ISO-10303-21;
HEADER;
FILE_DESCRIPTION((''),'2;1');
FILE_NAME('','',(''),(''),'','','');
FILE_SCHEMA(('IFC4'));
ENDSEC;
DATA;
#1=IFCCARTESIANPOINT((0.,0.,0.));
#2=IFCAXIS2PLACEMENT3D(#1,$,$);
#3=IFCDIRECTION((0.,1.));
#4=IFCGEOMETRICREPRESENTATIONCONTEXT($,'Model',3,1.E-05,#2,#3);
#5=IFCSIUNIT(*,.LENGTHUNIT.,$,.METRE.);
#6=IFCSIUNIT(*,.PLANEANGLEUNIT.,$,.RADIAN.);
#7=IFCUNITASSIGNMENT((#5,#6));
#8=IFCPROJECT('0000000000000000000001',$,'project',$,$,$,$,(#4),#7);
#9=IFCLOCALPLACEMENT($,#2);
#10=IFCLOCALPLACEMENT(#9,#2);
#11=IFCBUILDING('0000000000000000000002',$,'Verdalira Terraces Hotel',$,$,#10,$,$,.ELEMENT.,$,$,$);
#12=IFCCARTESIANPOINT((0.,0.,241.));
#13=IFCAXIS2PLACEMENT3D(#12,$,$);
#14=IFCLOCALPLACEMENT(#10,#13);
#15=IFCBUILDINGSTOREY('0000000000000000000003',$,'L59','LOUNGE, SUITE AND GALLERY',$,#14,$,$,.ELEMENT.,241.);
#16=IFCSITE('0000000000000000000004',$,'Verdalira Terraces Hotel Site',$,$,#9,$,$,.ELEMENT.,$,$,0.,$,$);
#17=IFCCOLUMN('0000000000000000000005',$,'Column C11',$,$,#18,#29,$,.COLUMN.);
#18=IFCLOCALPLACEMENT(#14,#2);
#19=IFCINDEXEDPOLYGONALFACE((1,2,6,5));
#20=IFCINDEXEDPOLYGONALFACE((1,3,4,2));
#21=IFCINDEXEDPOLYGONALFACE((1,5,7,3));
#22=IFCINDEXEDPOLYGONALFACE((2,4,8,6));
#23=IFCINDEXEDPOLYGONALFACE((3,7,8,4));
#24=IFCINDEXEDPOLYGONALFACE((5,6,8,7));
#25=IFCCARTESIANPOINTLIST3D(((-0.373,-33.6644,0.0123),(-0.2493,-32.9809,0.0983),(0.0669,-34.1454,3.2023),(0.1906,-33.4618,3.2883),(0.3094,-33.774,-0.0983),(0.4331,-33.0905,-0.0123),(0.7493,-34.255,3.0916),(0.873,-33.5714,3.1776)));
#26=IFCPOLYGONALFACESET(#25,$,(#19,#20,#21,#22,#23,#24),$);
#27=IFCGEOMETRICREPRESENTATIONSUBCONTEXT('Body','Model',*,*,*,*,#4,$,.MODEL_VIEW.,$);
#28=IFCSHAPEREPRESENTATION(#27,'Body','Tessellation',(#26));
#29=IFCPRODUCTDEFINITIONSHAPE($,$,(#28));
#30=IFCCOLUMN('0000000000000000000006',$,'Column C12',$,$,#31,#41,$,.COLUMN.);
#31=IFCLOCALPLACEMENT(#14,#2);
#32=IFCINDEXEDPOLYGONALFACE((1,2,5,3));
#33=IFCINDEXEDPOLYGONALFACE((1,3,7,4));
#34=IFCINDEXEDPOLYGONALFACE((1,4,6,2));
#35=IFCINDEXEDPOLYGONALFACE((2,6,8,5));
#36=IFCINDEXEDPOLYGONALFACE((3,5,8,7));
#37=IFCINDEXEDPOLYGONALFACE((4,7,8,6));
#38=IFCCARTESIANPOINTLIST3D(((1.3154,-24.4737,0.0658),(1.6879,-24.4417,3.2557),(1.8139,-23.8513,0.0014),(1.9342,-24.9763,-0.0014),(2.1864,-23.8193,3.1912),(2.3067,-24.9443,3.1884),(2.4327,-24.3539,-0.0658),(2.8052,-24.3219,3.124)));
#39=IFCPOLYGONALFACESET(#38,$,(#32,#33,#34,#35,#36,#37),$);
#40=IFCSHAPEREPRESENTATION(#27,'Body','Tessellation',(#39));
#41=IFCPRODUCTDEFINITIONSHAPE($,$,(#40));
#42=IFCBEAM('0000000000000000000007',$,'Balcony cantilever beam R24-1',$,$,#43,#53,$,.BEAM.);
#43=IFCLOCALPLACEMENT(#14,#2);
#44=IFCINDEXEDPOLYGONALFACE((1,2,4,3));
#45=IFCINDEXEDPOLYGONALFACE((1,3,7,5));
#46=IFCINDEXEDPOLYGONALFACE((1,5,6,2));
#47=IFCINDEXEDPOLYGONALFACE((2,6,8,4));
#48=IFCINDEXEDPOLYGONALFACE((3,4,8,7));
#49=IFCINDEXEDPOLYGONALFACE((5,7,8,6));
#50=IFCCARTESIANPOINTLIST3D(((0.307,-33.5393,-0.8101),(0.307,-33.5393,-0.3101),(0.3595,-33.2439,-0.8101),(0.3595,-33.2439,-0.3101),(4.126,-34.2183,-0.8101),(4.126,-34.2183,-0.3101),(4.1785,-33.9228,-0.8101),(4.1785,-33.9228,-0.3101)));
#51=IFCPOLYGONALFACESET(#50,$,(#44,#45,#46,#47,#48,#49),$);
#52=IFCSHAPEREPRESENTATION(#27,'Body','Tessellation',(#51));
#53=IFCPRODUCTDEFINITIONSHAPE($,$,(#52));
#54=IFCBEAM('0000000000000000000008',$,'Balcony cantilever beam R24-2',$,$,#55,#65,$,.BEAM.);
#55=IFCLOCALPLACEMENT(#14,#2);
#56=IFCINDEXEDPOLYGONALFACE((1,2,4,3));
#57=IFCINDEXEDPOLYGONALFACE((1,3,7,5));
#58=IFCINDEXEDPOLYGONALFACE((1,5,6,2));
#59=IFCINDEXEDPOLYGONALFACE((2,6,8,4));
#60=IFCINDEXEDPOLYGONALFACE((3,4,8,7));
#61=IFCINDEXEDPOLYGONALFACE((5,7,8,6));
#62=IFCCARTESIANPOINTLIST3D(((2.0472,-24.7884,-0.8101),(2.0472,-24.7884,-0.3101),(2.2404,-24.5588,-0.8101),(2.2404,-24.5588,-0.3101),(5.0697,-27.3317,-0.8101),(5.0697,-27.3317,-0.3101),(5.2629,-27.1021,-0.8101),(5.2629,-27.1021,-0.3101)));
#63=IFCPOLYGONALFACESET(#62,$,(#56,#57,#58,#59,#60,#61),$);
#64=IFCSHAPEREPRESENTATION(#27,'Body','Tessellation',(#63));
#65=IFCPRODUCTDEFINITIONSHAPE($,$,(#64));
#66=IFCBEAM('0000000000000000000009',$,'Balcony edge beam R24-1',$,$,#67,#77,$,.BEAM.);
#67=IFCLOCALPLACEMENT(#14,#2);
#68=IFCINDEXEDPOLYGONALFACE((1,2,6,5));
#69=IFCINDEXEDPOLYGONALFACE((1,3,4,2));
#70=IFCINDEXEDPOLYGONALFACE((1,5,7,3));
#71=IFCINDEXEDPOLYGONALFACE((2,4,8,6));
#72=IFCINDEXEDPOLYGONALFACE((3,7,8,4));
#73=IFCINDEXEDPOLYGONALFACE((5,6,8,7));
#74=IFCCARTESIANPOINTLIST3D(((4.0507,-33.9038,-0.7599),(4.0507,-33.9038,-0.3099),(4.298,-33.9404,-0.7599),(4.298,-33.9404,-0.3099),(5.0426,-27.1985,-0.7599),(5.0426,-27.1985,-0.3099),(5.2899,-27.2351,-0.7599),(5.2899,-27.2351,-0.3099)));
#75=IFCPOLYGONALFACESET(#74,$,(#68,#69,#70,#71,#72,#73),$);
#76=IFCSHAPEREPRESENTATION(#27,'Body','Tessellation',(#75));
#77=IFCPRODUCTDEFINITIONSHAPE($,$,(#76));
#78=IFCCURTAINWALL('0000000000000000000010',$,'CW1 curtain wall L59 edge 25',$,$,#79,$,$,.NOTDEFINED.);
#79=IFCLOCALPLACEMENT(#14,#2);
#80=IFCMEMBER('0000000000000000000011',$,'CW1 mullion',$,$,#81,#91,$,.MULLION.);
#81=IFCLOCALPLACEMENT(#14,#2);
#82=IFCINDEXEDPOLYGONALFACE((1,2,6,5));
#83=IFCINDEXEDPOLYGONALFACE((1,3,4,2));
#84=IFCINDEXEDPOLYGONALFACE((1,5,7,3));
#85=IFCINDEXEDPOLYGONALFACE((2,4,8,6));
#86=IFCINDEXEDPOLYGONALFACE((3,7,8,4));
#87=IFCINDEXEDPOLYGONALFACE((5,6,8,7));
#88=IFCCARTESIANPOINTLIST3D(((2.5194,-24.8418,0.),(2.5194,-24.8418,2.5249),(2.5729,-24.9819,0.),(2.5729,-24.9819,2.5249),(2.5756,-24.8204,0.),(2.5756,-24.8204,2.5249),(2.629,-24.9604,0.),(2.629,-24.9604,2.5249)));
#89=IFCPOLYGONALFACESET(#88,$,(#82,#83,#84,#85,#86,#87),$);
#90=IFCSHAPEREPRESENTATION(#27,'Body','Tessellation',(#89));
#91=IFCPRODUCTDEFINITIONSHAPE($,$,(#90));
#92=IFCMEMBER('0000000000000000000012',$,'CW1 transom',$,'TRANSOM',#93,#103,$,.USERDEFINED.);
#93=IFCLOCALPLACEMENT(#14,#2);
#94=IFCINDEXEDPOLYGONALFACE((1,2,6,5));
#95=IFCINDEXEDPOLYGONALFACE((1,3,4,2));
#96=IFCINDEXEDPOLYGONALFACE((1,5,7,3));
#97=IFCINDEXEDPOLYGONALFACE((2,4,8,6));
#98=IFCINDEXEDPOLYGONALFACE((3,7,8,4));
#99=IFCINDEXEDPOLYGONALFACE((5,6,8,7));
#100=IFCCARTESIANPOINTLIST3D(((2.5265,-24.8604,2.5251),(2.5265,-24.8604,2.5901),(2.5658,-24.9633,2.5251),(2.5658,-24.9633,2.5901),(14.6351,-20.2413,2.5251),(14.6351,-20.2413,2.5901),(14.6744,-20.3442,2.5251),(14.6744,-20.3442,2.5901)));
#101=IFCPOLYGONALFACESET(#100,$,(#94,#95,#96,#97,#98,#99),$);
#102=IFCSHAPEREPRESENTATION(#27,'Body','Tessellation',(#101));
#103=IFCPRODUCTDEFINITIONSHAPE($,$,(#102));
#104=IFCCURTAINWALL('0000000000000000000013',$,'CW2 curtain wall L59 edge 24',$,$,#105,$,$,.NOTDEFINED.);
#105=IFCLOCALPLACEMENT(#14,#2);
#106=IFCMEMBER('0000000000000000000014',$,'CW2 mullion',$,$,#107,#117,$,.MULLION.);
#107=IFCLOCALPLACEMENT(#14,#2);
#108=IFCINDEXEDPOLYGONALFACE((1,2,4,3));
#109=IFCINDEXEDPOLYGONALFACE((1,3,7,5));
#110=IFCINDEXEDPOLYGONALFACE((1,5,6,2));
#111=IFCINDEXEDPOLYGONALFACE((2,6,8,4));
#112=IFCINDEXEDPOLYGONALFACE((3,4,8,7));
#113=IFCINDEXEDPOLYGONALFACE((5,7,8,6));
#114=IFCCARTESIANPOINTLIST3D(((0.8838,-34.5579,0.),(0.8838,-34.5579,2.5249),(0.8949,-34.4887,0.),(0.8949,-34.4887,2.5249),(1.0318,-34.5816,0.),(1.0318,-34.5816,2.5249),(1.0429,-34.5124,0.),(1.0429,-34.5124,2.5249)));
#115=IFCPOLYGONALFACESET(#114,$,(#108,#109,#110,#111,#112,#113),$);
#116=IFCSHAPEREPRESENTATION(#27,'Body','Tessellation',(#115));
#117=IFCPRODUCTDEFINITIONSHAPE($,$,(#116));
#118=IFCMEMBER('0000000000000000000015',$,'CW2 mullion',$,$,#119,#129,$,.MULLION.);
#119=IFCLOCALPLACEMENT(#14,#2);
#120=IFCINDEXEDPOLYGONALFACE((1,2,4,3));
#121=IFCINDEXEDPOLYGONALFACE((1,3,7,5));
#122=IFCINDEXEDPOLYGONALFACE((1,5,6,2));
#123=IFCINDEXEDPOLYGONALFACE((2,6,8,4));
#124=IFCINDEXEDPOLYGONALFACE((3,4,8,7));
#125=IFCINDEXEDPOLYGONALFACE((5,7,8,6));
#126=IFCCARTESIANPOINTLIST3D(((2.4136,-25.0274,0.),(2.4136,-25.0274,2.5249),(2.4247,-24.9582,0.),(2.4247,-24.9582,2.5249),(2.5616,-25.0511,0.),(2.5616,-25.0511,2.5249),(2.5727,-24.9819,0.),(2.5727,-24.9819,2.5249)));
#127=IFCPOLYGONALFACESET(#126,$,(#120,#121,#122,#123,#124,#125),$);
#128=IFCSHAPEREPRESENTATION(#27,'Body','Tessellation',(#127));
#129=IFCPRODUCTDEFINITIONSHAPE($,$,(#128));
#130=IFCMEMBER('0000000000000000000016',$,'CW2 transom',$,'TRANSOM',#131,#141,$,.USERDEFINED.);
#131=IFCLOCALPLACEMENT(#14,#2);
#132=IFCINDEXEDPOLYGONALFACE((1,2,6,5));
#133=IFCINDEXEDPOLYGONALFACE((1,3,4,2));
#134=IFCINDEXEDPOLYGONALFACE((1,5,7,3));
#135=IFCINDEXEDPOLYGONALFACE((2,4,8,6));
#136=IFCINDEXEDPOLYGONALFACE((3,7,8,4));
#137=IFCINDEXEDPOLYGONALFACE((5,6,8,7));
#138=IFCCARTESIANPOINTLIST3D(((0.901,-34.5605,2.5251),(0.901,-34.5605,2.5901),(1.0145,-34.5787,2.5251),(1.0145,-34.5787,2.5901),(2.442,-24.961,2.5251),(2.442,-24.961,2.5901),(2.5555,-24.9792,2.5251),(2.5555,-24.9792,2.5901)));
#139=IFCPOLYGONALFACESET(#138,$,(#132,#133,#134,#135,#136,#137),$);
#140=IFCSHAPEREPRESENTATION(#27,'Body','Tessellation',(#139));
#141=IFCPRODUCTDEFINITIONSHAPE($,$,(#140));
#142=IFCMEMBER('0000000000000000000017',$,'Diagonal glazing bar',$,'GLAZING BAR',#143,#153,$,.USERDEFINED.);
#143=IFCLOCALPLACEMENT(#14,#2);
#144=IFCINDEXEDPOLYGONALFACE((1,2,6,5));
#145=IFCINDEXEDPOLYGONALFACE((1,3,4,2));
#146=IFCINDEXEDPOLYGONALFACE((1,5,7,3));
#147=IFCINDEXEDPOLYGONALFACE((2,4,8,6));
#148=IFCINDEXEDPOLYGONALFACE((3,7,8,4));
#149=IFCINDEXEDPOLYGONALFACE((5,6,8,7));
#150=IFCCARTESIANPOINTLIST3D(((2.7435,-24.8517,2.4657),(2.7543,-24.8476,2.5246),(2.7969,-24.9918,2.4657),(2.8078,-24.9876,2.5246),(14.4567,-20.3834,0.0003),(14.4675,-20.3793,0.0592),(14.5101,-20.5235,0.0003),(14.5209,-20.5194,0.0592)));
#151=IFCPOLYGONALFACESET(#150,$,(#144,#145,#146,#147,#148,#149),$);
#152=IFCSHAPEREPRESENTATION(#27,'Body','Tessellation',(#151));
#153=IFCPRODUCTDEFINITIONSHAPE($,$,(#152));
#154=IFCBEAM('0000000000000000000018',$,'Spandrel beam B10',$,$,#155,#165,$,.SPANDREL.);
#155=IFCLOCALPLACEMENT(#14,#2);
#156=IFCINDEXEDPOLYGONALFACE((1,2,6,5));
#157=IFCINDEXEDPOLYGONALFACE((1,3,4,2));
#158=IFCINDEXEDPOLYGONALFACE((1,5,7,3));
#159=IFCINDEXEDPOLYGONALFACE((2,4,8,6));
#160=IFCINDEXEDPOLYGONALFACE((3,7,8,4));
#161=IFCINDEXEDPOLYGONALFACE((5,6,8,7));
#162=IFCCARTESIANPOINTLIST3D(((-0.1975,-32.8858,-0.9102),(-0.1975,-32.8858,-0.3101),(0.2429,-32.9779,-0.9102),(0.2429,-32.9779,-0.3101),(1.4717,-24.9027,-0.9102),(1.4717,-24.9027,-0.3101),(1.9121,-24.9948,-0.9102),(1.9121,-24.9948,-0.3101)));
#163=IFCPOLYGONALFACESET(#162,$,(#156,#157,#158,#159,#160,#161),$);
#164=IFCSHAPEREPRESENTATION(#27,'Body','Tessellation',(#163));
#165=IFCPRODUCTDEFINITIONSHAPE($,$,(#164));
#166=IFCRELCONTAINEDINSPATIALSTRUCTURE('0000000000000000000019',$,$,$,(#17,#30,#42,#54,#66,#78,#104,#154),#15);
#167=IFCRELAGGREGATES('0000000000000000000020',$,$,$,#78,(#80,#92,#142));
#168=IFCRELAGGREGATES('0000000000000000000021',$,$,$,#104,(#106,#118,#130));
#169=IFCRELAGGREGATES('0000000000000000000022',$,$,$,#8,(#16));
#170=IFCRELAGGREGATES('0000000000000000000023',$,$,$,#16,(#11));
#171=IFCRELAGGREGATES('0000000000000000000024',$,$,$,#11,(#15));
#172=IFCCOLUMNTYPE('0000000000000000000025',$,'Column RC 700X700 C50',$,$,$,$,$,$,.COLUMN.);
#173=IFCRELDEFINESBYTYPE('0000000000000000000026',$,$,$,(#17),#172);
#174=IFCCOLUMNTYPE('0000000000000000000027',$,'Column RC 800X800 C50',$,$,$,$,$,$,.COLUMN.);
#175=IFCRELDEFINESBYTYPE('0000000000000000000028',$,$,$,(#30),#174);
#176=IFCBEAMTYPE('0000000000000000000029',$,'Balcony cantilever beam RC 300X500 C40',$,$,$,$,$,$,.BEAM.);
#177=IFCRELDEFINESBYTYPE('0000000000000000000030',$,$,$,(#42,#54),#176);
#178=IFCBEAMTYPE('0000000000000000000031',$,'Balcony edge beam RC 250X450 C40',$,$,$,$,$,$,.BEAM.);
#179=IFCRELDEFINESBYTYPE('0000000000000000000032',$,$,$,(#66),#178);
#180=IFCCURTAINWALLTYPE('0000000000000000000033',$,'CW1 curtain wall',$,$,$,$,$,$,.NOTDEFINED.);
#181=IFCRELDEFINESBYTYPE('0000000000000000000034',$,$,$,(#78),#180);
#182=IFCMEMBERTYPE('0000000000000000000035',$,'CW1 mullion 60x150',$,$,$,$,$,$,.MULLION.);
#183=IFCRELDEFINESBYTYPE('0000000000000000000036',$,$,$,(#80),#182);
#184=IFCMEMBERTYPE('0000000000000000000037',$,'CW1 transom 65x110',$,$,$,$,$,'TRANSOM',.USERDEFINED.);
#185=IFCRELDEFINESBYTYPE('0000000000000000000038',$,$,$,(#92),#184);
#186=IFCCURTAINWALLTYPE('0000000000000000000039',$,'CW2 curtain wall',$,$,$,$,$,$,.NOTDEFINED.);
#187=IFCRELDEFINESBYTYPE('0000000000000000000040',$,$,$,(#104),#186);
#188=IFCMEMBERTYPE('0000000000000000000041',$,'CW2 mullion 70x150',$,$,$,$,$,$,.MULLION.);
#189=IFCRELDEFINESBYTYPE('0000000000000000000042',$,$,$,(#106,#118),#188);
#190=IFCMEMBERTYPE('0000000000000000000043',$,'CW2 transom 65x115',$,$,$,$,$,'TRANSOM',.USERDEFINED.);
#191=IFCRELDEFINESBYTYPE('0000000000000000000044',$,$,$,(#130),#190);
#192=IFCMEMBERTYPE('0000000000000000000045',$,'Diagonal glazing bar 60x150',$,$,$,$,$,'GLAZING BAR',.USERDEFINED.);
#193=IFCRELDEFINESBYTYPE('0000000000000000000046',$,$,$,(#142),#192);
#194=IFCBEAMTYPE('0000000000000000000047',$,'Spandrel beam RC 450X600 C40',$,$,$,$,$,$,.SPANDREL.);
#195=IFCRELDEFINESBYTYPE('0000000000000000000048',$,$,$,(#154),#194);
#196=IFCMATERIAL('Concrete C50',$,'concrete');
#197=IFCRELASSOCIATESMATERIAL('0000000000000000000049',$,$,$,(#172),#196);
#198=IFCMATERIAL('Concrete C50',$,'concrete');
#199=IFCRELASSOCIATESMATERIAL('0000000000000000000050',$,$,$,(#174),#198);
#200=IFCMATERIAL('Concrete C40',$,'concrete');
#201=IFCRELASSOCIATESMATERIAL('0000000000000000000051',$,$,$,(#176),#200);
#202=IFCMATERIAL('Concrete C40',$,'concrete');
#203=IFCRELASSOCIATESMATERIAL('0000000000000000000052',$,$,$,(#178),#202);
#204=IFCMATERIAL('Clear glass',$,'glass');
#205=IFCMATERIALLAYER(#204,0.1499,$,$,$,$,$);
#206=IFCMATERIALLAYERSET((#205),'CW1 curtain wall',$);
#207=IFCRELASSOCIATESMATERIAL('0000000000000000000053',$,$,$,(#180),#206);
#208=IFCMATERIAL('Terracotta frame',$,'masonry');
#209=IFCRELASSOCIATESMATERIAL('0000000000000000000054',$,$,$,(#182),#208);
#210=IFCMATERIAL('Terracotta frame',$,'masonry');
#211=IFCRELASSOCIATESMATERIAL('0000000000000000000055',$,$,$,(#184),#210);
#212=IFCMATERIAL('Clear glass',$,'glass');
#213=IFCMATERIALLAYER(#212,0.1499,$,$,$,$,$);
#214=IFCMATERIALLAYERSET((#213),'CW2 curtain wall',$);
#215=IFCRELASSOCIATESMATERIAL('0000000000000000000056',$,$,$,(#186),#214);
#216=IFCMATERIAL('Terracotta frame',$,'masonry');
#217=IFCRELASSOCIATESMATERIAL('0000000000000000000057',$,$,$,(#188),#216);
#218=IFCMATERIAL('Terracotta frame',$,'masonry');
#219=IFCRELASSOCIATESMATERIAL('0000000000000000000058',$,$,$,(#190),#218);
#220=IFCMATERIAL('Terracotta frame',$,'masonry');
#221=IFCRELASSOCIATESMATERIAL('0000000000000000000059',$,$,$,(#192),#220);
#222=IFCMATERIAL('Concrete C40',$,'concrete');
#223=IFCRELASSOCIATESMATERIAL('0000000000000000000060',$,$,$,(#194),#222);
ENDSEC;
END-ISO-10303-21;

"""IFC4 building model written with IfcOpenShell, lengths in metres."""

from ifc_helpers import new_model, si_unit, direction, frame, origin, origin_2d, place, context, subcontext, project, spatial, rectangle, extrude, material, layer, layer_set, material_profile, profile_set, type_object, element, aggregate, save


model = new_model("IFC4")

# Units and contexts
model_context = context("Model", 3, precision=1e-05, world=origin(), true_north=direction((0.0, 1.0)))
body_context = subcontext(model_context, "Body", "Model", "MODEL_VIEW")
ifc_project = project(units=[si_unit("LENGTHUNIT", "METRE"), si_unit("PLANEANGLEUNIT", "RADIAN")], contexts=[model_context])

# Site, building, storey
site_placement = place(None, origin())
site = spatial("IfcSite", under=ifc_project, at=site_placement, Name="Verdalira Terraces Hotel Site", CompositionType="ELEMENT", RefElevation=0.0)
building_placement = place(site_placement, origin())
building = spatial("IfcBuilding", under=site, at=building_placement, Name="Verdalira Terraces Hotel", CompositionType="ELEMENT")
storey_placement = place(building_placement, frame((0.0, 0.0, 241.0)))
storey = spatial("IfcBuildingStorey", under=building, at=storey_placement, Name="L59", Description="LOUNGE, SUITE AND GALLERY", CompositionType="ELEMENT", Elevation=241.0)

# Columns
ifc_material_1 = material(Name="Concrete C50", Category="concrete")
ifc_material_profile_1 = material_profile(ifc_material_1, rectangle(XDim=0.7, YDim=0.7, at=origin_2d()), Name="RC 700X700")
ifc_profile_set_1 = profile_set([ifc_material_profile_1], Name="Concrete C50")
column_type_1 = type_object("IfcColumnType", Name="Column RC 700X700 C50", PredefinedType="COLUMN", material=ifc_profile_set_1)
column_1_placement = place(storey_placement, frame((0.03, -33.3774, 0.0), z_axis=(0.135123, -0.147721, 0.979755), x_axis=(0.176756, 0.976556, 0.122861)))
element("IfcColumn", 1, at=column_1_placement, inside=storey, type_object=column_type_1, Name="Column C11", PredefinedType="COLUMN", context=body_context, shape_type="SweptSolid", body=[
    extrude(rectangle(XDim=0.7, YDim=0.7, at=origin_2d()), origin(), (0.0, 0.0, 1.0), 3.2559),
])
ifc_material_2 = material(Name="Concrete C50", Category="concrete")
ifc_material_profile_2 = material_profile(ifc_material_2, rectangle(XDim=0.8, YDim=0.8, at=origin_2d()), Name="RC 800X800")
ifc_profile_set_2 = profile_set([ifc_material_profile_2], Name="Concrete C50")
column_type_2 = type_object("IfcColumnType", Name="Column RC 800X800 C50", PredefinedType="COLUMN", material=ifc_profile_set_2)
column_2_placement = place(storey_placement, frame((1.874, -24.4138, 0.0), z_axis=(0.115997, 0.009958, 0.9932), x_axis=(-0.623108, -0.777975, 0.080574)))
element("IfcColumn", 2, at=column_2_placement, inside=storey, type_object=column_type_2, Name="Column C12", PredefinedType="COLUMN", context=body_context, shape_type="SweptSolid", body=[
    extrude(rectangle(XDim=0.8, YDim=0.8, at=origin_2d()), origin(), (0.0, 0.0, 1.0), 3.2117),
])

# Beams
ifc_material_3 = material(Name="Concrete C40", Category="concrete")
ifc_material_profile_3 = material_profile(ifc_material_3, rectangle(XDim=0.3, YDim=0.5, at=origin_2d()), Name="RC 300X500")
ifc_profile_set_3 = profile_set([ifc_material_profile_3], Name="Concrete C40")
beam_type_1 = type_object("IfcBeamType", Name="Balcony cantilever beam RC 300X500 C40", PredefinedType="BEAM", material=ifc_profile_set_3)
beam_1_placement = place(storey_placement, frame((0.3333, -33.3916, -0.5601), z_axis=(0.984562, -0.175035, 0.0), x_axis=(0.175035, 0.984562, 0.0)))
element("IfcBeam", 3, at=beam_1_placement, inside=storey, type_object=beam_type_1, Name="Balcony cantilever beam R24-1", PredefinedType="BEAM", context=body_context, shape_type="SweptSolid", body=[
    extrude(rectangle(XDim=0.3, YDim=0.5, at=origin_2d()), origin(), (0.0, 0.0, 1.0), 3.8789),
])
beam_2_placement = place(storey_placement, frame((2.1438, -24.6736, -0.5601), z_axis=(0.765163, -0.643837, 0.0), x_axis=(0.643837, 0.765163, 0.0)))
element("IfcBeam", 4, at=beam_2_placement, inside=storey, type_object=beam_type_1, Name="Balcony cantilever beam R24-2", PredefinedType="BEAM", context=body_context, shape_type="SweptSolid", body=[
    extrude(rectangle(XDim=0.3, YDim=0.5, at=origin_2d()), origin(), (0.0, 0.0, 1.0), 3.9502),
])
ifc_material_4 = material(Name="Concrete C40", Category="concrete")
ifc_material_profile_4 = material_profile(ifc_material_4, rectangle(XDim=0.25, YDim=0.45, at=origin_2d()), Name="RC 250X450")
ifc_profile_set_4 = profile_set([ifc_material_profile_4], Name="Concrete C40")
beam_type_2 = type_object("IfcBeamType", Name="Balcony edge beam RC 250X450 C40", PredefinedType="BEAM", material=ifc_profile_set_4)
beam_3_placement = place(storey_placement, frame((4.1743, -33.9221, -0.5349), z_axis=(0.146341, 0.989234, 0.0), x_axis=(-0.989234, 0.146341, 0.0)))
element("IfcBeam", 5, at=beam_3_placement, inside=storey, type_object=beam_type_2, Name="Balcony edge beam R24-1", PredefinedType="BEAM", context=body_context, shape_type="SweptSolid", body=[
    extrude(rectangle(XDim=0.25, YDim=0.45, at=origin_2d()), origin(), (0.0, 0.0, 1.0), 6.7783),
])

# Curtain walls, members
ifc_material_5 = material(Name="Clear glass", Category="glass")
ifc_layer_1 = layer(ifc_material_5, 0.1499)
ifc_layer_set_1 = layer_set([ifc_layer_1], Name="CW1 curtain wall")
curtain_wall_type_1 = type_object("IfcCurtainWallType", Name="CW1 curtain wall", PredefinedType="NOTDEFINED", material=ifc_layer_set_1)
curtain_wall_1_placement = place(storey_placement, origin())
curtain_wall_1 = element("IfcCurtainWall", 6, at=curtain_wall_1_placement, inside=storey, type_object=curtain_wall_type_1, Name="CW1 curtain wall L59 edge 25", PredefinedType="NOTDEFINED")
ifc_material_6 = material(Name="Terracotta frame", Category="masonry")
ifc_material_profile_5 = material_profile(ifc_material_6, rectangle(XDim=0.0601, YDim=0.1499, at=origin_2d()), Name="MU 60x150")
ifc_profile_set_5 = profile_set([ifc_material_profile_5], Name="Terracotta frame")
member_type_1 = type_object("IfcMemberType", Name="CW1 mullion 60x150", PredefinedType="MULLION", material=ifc_profile_set_5)
member_1_placement = place(storey_placement, frame((2.5742, -24.9011, 0.0), z_axis=(0.0, 0.0, 1.0), x_axis=(0.934329, 0.356412, 0.0)))
member_1 = element("IfcMember", 7, at=member_1_placement, type_object=member_type_1, Name="CW1 mullion", PredefinedType="MULLION", context=body_context, shape_type="SweptSolid", body=[
    extrude(rectangle(XDim=0.0601, YDim=0.1499, at=origin_2d()), origin(), (0.0, 0.0, 1.0), 2.5249),
])
ifc_material_7 = material(Name="Terracotta frame", Category="masonry")
ifc_material_profile_6 = material_profile(ifc_material_7, rectangle(XDim=0.1101, YDim=0.0649, at=origin_2d()), Name="TR 65x110")
ifc_profile_set_6 = profile_set([ifc_material_profile_6], Name="Terracotta frame")
member_type_2 = type_object("IfcMemberType", Name="CW1 transom 65x110", ElementType="TRANSOM", PredefinedType="USERDEFINED", material=ifc_profile_set_6)
member_2_placement = place(storey_placement, frame((2.5461, -24.9119, 2.5576), z_axis=(0.934325, 0.356421, 0.0), x_axis=(-0.356421, 0.934325, 0.0)))
member_2 = element("IfcMember", 8, at=member_2_placement, type_object=member_type_2, Name="CW1 transom", ObjectType="TRANSOM", PredefinedType="USERDEFINED", context=body_context, shape_type="SweptSolid", body=[
    extrude(rectangle(XDim=0.1101, YDim=0.0649, at=origin_2d()), origin(), (0.0, 0.0, 1.0), 12.9597),
])
ifc_material_8 = material(Name="Clear glass", Category="glass")
ifc_layer_2 = layer(ifc_material_8, 0.1499)
ifc_layer_set_2 = layer_set([ifc_layer_2], Name="CW2 curtain wall")
curtain_wall_type_2 = type_object("IfcCurtainWallType", Name="CW2 curtain wall", PredefinedType="NOTDEFINED", material=ifc_layer_set_2)
curtain_wall_2_placement = place(storey_placement, origin())
curtain_wall_2 = element("IfcCurtainWall", 9, at=curtain_wall_2_placement, inside=storey, type_object=curtain_wall_type_2, Name="CW2 curtain wall L59 edge 24", PredefinedType="NOTDEFINED")
ifc_material_9 = material(Name="Terracotta frame", Category="masonry")
ifc_material_profile_7 = material_profile(ifc_material_9, rectangle(XDim=0.0701, YDim=0.1499, at=origin_2d()), Name="MU 70x150")
ifc_profile_set_7 = profile_set([ifc_material_profile_7], Name="Terracotta frame")
member_type_3 = type_object("IfcMemberType", Name="CW2 mullion 70x150", PredefinedType="MULLION", material=ifc_profile_set_7)
member_3_placement = place(storey_placement, frame((0.9634, -34.5352, 0.0), z_axis=(0.0, 0.0, 1.0), x_axis=(0.158503, 0.987359, 0.0)))
member_3 = element("IfcMember", 10, at=member_3_placement, type_object=member_type_3, Name="CW2 mullion", PredefinedType="MULLION", context=body_context, shape_type="SweptSolid", body=[
    extrude(rectangle(XDim=0.0701, YDim=0.1499, at=origin_2d()), origin(), (0.0, 0.0, 1.0), 2.5249),
])
member_4_placement = place(storey_placement, frame((2.4932, -25.0046, 0.0), z_axis=(0.0, 0.0, 1.0), x_axis=(0.158503, 0.987359, 0.0)))
member_4 = element("IfcMember", 11, at=member_4_placement, type_object=member_type_3, Name="CW2 mullion", PredefinedType="MULLION", context=body_context, shape_type="SweptSolid", body=[
    extrude(rectangle(XDim=0.0701, YDim=0.1499, at=origin_2d()), origin(), (0.0, 0.0, 1.0), 2.5249),
])
ifc_material_10 = material(Name="Terracotta frame", Category="masonry")
ifc_material_profile_8 = material_profile(ifc_material_10, rectangle(XDim=0.115, YDim=0.0649, at=origin_2d()), Name="TR 65x115")
ifc_profile_set_8 = profile_set([ifc_material_profile_8], Name="Terracotta frame")
member_type_4 = type_object("IfcMemberType", Name="CW2 transom 65x115", ElementType="TRANSOM", PredefinedType="USERDEFINED", material=ifc_profile_set_8)
member_5_placement = place(storey_placement, frame((0.9578, -34.5696, 2.5576), z_axis=(0.1585, 0.987359, 0.0), x_axis=(-0.987359, 0.1585, 0.0)))
member_5 = element("IfcMember", 12, at=member_5_placement, type_object=member_type_4, Name="CW2 transom", ObjectType="TRANSOM", PredefinedType="USERDEFINED", context=body_context, shape_type="SweptSolid", body=[
    extrude(rectangle(XDim=0.115, YDim=0.0649, at=origin_2d()), origin(), (0.0, 0.0, 1.0), 9.7224),
])

# Member
ifc_material_11 = material(Name="Terracotta frame", Category="masonry")
ifc_material_profile_9 = material_profile(ifc_material_11, rectangle(XDim=0.1499, YDim=0.0601, at=origin_2d()), Name="GB 60x150")
ifc_profile_set_9 = profile_set([ifc_material_profile_9], Name="Terracotta frame")
member_type_5 = type_object("IfcMemberType", Name="Diagonal glazing bar 60x150", ElementType="GLAZING BAR", PredefinedType="USERDEFINED", material=ifc_profile_set_9)
member_6_placement = place(storey_placement, frame((2.7756, -24.9197, 2.4951), z_axis=(0.916767, 0.349723, -0.192957), x_axis=(-0.356421, 0.934325, 0.0)))
member_6 = element("IfcMember", 13, at=member_6_placement, type_object=member_type_5, Name="Diagonal glazing bar", ObjectType="GLAZING BAR", PredefinedType="USERDEFINED", context=body_context, shape_type="SweptSolid", body=[
    extrude(rectangle(XDim=0.1499, YDim=0.0601, at=origin_2d()), origin(), (0.0, 0.0, 1.0), 12.7766),
])
aggregate(curtain_wall_1, [member_1, member_2, member_6])

# Beam
ifc_material_12 = material(Name="Concrete C40", Category="concrete")
ifc_material_profile_10 = material_profile(ifc_material_12, rectangle(XDim=0.45, YDim=0.6001, at=origin_2d()), Name="RC 450X600")
ifc_profile_set_10 = profile_set([ifc_material_profile_10], Name="Concrete C40")
beam_type_3 = type_object("IfcBeamType", Name="Spandrel beam RC 450X600 C40", PredefinedType="SPANDREL", material=ifc_profile_set_10)
beam_4_placement = place(storey_placement, frame((0.0227, -32.9319, -0.6101), z_axis=(0.204663, 0.978832, 0.0), x_axis=(-0.978832, 0.204663, 0.0)))
element("IfcBeam", 14, at=beam_4_placement, inside=storey, type_object=beam_type_3, Name="Spandrel beam B10", PredefinedType="SPANDREL", context=body_context, shape_type="SweptSolid", body=[
    extrude(rectangle(XDim=0.45, YDim=0.6001, at=origin_2d()), origin(), (0.0, 0.0, 1.0), 8.1558),
])

aggregate(curtain_wall_2, [member_3, member_4, member_5])

save(model, "model.ifc")
